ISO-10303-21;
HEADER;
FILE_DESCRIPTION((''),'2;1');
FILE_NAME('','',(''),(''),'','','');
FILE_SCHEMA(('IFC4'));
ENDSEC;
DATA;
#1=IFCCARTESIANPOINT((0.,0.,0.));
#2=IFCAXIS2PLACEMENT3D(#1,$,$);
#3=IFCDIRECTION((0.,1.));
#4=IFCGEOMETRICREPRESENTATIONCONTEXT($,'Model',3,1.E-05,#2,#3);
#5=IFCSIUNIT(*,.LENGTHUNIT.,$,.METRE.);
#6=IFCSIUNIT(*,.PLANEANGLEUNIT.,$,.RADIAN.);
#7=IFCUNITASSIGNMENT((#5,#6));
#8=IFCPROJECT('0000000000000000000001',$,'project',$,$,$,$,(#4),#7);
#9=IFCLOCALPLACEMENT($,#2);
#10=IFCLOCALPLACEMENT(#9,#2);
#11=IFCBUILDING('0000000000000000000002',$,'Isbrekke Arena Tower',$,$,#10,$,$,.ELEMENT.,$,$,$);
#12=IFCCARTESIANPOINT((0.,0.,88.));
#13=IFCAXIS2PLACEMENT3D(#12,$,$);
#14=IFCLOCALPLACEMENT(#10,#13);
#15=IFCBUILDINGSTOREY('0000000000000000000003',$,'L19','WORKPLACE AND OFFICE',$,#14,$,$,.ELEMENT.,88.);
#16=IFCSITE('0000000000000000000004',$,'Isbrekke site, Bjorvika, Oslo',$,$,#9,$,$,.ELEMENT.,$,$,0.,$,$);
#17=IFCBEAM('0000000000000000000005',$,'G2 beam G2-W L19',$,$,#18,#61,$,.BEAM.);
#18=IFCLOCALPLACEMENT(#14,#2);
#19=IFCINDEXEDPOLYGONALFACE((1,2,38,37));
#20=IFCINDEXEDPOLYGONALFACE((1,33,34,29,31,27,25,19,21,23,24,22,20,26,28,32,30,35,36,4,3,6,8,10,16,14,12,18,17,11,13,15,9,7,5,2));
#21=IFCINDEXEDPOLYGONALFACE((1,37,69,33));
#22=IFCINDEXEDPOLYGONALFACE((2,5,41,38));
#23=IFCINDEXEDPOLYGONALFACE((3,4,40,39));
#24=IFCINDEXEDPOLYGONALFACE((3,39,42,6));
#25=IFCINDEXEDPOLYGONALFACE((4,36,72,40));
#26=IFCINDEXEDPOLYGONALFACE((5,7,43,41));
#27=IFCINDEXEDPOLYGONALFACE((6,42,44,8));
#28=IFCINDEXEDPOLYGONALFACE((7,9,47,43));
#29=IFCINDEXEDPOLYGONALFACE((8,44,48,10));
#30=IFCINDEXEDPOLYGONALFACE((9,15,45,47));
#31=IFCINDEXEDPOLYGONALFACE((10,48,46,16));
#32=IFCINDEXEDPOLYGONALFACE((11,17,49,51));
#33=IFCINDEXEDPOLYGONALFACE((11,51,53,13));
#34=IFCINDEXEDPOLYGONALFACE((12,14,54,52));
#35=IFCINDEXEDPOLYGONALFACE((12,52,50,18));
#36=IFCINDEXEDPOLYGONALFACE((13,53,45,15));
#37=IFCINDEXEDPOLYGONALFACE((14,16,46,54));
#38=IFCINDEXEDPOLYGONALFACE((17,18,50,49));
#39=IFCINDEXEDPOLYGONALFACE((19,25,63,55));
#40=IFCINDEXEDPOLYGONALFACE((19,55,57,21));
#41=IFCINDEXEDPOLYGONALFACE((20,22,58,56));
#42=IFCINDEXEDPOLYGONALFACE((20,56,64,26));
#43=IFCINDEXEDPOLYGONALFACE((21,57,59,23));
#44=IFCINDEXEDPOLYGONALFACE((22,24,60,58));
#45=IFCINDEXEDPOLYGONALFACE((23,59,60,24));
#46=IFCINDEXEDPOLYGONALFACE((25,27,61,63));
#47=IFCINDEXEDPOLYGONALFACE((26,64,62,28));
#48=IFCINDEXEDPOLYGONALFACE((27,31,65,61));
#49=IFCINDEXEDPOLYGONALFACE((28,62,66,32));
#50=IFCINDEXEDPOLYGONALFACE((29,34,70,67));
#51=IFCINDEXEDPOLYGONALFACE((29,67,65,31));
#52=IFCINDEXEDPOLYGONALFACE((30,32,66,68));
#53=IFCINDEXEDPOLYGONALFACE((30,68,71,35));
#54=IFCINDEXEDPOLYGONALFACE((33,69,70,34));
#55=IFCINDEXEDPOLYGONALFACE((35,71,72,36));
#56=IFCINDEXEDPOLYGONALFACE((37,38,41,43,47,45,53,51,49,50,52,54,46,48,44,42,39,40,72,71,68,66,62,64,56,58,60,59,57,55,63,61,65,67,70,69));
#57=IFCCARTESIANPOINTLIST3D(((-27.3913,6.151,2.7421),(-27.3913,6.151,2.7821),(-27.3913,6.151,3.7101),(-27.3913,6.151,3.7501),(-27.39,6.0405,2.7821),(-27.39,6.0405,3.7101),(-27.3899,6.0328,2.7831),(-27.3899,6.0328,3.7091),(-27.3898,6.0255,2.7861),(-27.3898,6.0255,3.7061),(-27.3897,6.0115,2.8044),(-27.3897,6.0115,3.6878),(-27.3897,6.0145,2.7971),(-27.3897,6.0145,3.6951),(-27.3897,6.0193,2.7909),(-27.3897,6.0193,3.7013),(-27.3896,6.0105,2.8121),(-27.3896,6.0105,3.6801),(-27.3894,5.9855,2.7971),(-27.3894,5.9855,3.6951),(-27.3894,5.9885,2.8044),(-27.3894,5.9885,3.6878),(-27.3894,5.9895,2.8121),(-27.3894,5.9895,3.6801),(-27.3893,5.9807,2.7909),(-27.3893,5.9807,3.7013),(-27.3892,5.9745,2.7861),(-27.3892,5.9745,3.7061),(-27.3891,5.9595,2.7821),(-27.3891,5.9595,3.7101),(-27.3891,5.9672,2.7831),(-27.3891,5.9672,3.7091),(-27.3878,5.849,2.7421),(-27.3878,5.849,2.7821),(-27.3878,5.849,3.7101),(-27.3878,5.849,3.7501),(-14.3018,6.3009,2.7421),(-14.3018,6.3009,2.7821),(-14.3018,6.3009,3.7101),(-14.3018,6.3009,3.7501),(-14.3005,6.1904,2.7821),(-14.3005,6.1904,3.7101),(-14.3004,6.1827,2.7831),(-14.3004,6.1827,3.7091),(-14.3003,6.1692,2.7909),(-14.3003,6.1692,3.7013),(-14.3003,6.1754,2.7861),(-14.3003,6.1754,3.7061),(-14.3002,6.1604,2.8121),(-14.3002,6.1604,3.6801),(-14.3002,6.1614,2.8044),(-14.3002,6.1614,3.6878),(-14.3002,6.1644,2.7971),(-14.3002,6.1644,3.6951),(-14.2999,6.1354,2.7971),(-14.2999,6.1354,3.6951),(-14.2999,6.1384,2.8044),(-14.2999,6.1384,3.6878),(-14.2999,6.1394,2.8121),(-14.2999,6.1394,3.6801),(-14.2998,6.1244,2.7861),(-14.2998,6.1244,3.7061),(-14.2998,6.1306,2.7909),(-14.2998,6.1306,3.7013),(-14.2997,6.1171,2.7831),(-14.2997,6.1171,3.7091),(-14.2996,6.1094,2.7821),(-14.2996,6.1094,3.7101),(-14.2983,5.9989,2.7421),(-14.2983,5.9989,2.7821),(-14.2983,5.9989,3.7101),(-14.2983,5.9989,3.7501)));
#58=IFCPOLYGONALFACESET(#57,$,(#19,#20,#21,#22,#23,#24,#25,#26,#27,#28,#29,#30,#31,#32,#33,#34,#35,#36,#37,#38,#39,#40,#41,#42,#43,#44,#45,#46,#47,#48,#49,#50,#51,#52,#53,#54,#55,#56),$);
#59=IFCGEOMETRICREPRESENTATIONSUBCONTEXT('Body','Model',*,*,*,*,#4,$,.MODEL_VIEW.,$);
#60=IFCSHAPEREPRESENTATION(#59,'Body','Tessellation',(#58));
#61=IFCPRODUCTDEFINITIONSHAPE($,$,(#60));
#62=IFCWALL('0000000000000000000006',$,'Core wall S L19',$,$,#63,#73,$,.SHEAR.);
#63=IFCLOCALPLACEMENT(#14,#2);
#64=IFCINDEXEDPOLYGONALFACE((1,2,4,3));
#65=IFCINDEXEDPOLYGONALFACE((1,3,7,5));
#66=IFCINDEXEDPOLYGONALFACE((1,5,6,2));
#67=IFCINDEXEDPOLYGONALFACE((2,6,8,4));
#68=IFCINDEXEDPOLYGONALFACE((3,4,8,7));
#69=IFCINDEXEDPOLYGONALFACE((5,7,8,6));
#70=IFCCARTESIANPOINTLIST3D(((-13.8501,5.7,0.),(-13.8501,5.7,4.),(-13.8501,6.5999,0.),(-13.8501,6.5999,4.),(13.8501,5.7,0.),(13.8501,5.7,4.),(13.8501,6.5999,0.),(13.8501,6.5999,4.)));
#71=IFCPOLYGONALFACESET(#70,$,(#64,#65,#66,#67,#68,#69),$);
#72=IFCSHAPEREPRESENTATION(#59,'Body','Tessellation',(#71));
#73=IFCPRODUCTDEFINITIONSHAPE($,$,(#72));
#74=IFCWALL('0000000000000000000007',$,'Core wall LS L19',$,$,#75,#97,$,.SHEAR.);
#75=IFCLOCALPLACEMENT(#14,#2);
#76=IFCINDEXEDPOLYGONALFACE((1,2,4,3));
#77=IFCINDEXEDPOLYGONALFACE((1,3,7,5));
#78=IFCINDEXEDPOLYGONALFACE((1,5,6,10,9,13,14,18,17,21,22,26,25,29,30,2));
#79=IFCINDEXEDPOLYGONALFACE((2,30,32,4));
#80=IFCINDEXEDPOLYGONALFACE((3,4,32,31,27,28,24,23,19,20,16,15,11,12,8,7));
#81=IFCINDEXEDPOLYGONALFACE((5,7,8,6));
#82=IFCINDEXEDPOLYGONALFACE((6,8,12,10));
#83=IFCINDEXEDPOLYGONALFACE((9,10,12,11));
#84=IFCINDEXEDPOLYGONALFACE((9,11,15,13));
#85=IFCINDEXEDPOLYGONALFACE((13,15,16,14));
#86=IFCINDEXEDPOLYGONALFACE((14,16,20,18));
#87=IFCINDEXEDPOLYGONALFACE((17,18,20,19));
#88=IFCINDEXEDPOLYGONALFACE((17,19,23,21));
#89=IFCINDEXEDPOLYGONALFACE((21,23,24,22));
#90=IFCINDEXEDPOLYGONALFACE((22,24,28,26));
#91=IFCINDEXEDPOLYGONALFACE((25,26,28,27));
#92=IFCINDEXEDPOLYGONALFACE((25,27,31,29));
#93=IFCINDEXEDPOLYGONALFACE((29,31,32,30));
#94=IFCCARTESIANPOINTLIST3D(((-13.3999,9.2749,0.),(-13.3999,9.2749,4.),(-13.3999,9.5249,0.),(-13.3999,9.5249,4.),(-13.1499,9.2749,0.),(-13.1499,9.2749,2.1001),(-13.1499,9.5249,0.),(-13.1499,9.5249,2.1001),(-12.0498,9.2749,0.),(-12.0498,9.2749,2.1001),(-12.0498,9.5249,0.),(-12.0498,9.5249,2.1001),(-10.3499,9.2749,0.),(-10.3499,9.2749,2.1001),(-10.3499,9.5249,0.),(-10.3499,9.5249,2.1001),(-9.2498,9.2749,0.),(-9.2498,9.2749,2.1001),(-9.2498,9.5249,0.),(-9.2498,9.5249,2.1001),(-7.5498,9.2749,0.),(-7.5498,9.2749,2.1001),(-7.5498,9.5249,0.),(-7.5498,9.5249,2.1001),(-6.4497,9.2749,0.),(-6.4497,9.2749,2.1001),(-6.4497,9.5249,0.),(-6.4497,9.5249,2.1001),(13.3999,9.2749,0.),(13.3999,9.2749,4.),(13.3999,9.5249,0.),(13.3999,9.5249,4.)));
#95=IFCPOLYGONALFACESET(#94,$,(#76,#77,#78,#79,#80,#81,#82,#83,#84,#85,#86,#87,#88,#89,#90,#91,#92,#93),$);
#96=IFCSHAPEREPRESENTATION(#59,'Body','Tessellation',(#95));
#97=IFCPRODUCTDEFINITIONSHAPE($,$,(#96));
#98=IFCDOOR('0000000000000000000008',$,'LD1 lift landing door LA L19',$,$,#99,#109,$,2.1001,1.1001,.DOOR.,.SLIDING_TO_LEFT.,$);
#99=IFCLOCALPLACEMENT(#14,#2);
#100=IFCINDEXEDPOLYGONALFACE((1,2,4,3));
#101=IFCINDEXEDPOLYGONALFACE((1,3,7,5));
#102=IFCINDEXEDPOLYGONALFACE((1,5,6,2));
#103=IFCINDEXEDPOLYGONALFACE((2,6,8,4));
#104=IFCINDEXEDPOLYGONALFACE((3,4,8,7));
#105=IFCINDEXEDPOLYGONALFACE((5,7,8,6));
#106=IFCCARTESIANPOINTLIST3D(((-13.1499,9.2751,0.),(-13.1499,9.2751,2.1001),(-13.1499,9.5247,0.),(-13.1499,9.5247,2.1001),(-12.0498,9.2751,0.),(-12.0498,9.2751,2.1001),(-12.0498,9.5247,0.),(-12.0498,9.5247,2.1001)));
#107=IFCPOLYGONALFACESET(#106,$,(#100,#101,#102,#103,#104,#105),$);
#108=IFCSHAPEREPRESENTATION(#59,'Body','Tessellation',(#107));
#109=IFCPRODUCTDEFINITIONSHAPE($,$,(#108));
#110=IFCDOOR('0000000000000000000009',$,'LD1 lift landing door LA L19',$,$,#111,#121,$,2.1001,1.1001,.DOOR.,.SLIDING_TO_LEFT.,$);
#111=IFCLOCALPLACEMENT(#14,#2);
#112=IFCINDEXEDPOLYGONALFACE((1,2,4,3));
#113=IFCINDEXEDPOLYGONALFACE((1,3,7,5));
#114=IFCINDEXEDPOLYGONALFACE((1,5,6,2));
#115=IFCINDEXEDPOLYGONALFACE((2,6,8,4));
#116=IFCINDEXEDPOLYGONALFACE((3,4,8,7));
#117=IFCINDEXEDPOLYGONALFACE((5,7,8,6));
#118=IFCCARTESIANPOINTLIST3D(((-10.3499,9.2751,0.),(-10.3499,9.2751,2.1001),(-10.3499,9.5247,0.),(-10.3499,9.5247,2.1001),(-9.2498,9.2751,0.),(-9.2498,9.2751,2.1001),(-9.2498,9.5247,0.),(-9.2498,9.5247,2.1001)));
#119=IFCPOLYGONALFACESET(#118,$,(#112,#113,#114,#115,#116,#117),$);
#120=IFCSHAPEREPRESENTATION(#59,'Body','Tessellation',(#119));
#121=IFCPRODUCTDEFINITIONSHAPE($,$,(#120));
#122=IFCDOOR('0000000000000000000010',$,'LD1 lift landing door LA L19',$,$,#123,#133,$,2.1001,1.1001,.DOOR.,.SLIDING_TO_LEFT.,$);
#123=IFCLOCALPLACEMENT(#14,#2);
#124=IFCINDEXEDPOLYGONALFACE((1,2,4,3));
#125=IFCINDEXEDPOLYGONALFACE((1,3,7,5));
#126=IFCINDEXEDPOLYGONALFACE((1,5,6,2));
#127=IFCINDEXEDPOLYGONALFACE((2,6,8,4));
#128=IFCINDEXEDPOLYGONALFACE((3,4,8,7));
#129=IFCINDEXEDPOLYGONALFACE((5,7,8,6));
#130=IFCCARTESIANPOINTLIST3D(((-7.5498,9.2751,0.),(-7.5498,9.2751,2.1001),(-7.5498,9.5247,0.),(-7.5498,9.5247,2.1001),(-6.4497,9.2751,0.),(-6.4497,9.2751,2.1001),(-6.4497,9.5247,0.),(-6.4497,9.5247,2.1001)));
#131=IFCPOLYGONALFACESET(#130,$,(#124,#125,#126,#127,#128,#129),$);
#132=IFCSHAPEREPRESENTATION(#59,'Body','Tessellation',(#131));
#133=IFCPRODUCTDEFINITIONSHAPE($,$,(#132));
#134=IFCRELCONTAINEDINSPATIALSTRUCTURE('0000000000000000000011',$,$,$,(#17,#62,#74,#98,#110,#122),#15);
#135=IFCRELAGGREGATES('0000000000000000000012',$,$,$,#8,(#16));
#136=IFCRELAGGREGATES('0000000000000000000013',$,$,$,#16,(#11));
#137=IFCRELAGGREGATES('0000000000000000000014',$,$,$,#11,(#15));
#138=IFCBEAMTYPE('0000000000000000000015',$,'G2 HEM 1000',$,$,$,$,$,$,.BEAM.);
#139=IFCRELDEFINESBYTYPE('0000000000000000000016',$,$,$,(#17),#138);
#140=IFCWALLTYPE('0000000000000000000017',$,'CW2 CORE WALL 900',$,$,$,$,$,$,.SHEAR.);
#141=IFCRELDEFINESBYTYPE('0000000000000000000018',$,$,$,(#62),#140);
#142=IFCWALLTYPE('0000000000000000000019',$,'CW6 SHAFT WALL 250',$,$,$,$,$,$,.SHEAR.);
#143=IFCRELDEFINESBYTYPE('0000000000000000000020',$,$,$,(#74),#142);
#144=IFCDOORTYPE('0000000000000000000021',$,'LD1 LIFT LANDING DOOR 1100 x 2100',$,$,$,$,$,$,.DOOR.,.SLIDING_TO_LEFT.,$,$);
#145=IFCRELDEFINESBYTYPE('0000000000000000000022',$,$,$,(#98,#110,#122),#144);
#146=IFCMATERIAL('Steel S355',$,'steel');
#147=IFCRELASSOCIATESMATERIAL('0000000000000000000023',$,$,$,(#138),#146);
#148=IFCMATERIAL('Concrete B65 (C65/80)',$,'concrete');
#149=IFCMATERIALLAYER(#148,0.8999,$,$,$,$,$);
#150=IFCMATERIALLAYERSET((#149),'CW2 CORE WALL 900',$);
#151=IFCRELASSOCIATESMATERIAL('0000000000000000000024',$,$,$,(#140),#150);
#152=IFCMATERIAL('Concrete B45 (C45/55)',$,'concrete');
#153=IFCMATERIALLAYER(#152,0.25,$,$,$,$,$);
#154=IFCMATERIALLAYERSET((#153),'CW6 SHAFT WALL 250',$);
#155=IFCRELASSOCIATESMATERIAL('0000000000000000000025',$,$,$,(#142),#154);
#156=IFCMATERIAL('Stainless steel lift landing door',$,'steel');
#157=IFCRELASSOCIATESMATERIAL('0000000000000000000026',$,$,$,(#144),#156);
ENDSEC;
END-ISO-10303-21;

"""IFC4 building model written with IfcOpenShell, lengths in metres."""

from ifc_helpers import new_model, si_unit, direction, frame, frame_2d, origin, origin_2d, place, context, subcontext, project, spatial, rectangle, i_section, extrude, material, layer, layer_set, material_profile, profile_set, type_object, element, fill, save


model = new_model("IFC4")

# Units and contexts
model_context = context("Model", 3, precision=1e-05, world=origin(), true_north=direction((0.0, 1.0)))
body_context = subcontext(model_context, "Body", "Model", "MODEL_VIEW")
ifc_project = project(units=[si_unit("LENGTHUNIT", "METRE"), si_unit("PLANEANGLEUNIT", "RADIAN")], contexts=[model_context])

# Site, building, storey
site_placement = place(None, origin())
site = spatial("IfcSite", under=ifc_project, at=site_placement, Name="Isbrekke site, Bjorvika, Oslo", CompositionType="ELEMENT", RefElevation=0.0)
building_placement = place(site_placement, origin())
building = spatial("IfcBuilding", under=site, at=building_placement, Name="Isbrekke Arena Tower", CompositionType="ELEMENT")
storey_placement = place(building_placement, frame((0.0, 0.0, 88.0)))
storey = spatial("IfcBuildingStorey", under=building, at=storey_placement, Name="L19", Description="WORKPLACE AND OFFICE", CompositionType="ELEMENT", Elevation=88.0)

# Beam
ifc_material_1 = material(Name="Steel S355", Category="steel")
ifc_material_profile = material_profile(ifc_material_1, i_section(OverallWidth=0.302, OverallDepth=1.0081, WebThickness=0.021, FlangeThickness=0.04, FilletRadius=0.03, at=origin_2d()), Name="HEM 1000")
ifc_profile_set = profile_set([ifc_material_profile], Name="Steel S355")
beam_type = type_object("IfcBeamType", Name="G2 HEM 1000", PredefinedType="BEAM", material=ifc_profile_set)
beam_placement = place(storey_placement, frame((-14.3, 6.1499, 3.2461), z_axis=(-0.999934, -0.011451, 0.0), x_axis=(0.011451, -0.999934, 0.0)))
element("IfcBeam", 1, at=beam_placement, inside=storey, type_object=beam_type, Name="G2 beam G2-W L19", PredefinedType="BEAM", context=body_context, shape_type="SweptSolid", body=[
    extrude(i_section(OverallWidth=0.302, OverallDepth=1.0081, WebThickness=0.021, FlangeThickness=0.04, FilletRadius=0.03, at=origin_2d()), origin(), (0.0, 0.0, 1.0), 13.0903),
])

# Wall
ifc_material_2 = material(Name="Concrete B65 (C65/80)", Category="concrete")
ifc_layer_1 = layer(ifc_material_2, 0.8999)
ifc_layer_set_1 = layer_set([ifc_layer_1], Name="CW2 CORE WALL 900")
wall_type_1 = type_object("IfcWallType", Name="CW2 CORE WALL 900", PredefinedType="SHEAR", material=ifc_layer_set_1)
wall_1_placement = place(storey_placement, frame((-13.8501, 6.1499, 0.0), z_axis=(0.0, 0.0, 1.0), x_axis=(1.0, 0.0, 0.0)))
element("IfcWall", 2, at=wall_1_placement, inside=storey, type_object=wall_type_1, Name="Core wall S L19", PredefinedType="SHEAR", context=body_context, shape_type="SweptSolid", body=[
    extrude(rectangle(XDim=27.7002, YDim=0.8999, at=frame_2d((13.8501, 0.0))), origin(), (0.0, 0.0, 1.0), 4.0),
])

# Wall, openings, doors
ifc_material_3 = material(Name="Concrete B45 (C45/55)", Category="concrete")
ifc_layer_2 = layer(ifc_material_3, 0.25)
ifc_layer_set_2 = layer_set([ifc_layer_2], Name="CW6 SHAFT WALL 250")
wall_type_2 = type_object("IfcWallType", Name="CW6 SHAFT WALL 250", PredefinedType="SHEAR", material=ifc_layer_set_2)
wall_2_placement = place(storey_placement, frame((-13.3999, 9.3999, 0.0), z_axis=(0.0, 0.0, 1.0), x_axis=(1.0, 0.0, 0.0)))
wall_2 = element("IfcWall", 3, at=wall_2_placement, inside=storey, type_object=wall_type_2, Name="Core wall LS L19", PredefinedType="SHEAR", context=body_context, shape_type="SweptSolid", body=[
    extrude(rectangle(XDim=26.7998, YDim=0.25, at=frame_2d((13.3999, 0.0))), origin(), (0.0, 0.0, 1.0), 4.0),
])
opening_1_placement = place(wall_2_placement, frame((0.25, 0.0, 0.0)))
opening_1 = element("IfcOpeningElement", 4, at=opening_1_placement, cuts=wall_2, PredefinedType="OPENING", context=body_context, shape_type="SweptSolid", body=[
    extrude(rectangle(XDim=1.1001, YDim=2.1001, at=frame_2d((0.55, 1.05))), frame((0.0, 0.1399, 0.0), z_axis=(0.0, -1.0, 0.0), x_axis=(1.0, 0.0, 0.0)), (0.0, 0.0, 1.0), 0.2798),
])
opening_2_placement = place(wall_2_placement, frame((3.05, 0.0, 0.0)))
opening_2 = element("IfcOpeningElement", 5, at=opening_2_placement, cuts=wall_2, PredefinedType="OPENING", context=body_context, shape_type="SweptSolid", body=[
    extrude(rectangle(XDim=1.1001, YDim=2.1001, at=frame_2d((0.55, 1.05))), frame((0.0, 0.1399, 0.0), z_axis=(0.0, -1.0, 0.0), x_axis=(1.0, 0.0, 0.0)), (0.0, 0.0, 1.0), 0.2798),
])
opening_3_placement = place(wall_2_placement, frame((5.8501, 0.0, 0.0)))
opening_3 = element("IfcOpeningElement", 6, at=opening_3_placement, cuts=wall_2, PredefinedType="OPENING", context=body_context, shape_type="SweptSolid", body=[
    extrude(rectangle(XDim=1.1001, YDim=2.1001, at=frame_2d((0.55, 1.05))), frame((0.0, 0.1399, 0.0), z_axis=(0.0, -1.0, 0.0), x_axis=(1.0, 0.0, 0.0)), (0.0, 0.0, 1.0), 0.2798),
])
ifc_material_4 = material(Name="Stainless steel lift landing door", Category="steel")
door_type_1 = type_object("IfcDoorType", Name="LD1 LIFT LANDING DOOR 1100 x 2100", OperationType="SLIDING_TO_LEFT", PredefinedType="DOOR", material=ifc_material_4)
door_1_placement = place(opening_1_placement, origin())
door_1 = element("IfcDoor", 7, at=door_1_placement, inside=storey, type_object=door_type_1, Name="LD1 lift landing door LA L19", OperationType="SLIDING_TO_LEFT", OverallHeight=2.1001, OverallWidth=1.1001, PredefinedType="DOOR", context=body_context, shape_type="SweptSolid", body=[
    extrude(rectangle(XDim=1.1001, YDim=2.1001, at=frame_2d((0.55, 1.05))), frame((0.0, 0.1248, 0.0), z_axis=(0.0, -1.0, 0.0), x_axis=(1.0, 0.0, 0.0)), (0.0, 0.0, 1.0), 0.2495),
])
fill(opening_1, door_1)
door_2_placement = place(opening_2_placement, origin())
door_2 = element("IfcDoor", 8, at=door_2_placement, inside=storey, type_object=door_type_1, Name="LD1 lift landing door LA L19", OperationType="SLIDING_TO_LEFT", OverallHeight=2.1001, OverallWidth=1.1001, PredefinedType="DOOR", context=body_context, shape_type="SweptSolid", body=[
    extrude(rectangle(XDim=1.1001, YDim=2.1001, at=frame_2d((0.55, 1.05))), frame((0.0, 0.1248, 0.0), z_axis=(0.0, -1.0, 0.0), x_axis=(1.0, 0.0, 0.0)), (0.0, 0.0, 1.0), 0.2495),
])
fill(opening_2, door_2)
door_3_placement = place(opening_3_placement, origin())
door_3 = element("IfcDoor", 9, at=door_3_placement, inside=storey, type_object=door_type_1, Name="LD1 lift landing door LA L19", OperationType="SLIDING_TO_LEFT", OverallHeight=2.1001, OverallWidth=1.1001, PredefinedType="DOOR", context=body_context, shape_type="SweptSolid", body=[
    extrude(rectangle(XDim=1.1001, YDim=2.1001, at=frame_2d((0.55, 1.05))), frame((0.0, 0.1248, 0.0), z_axis=(0.0, -1.0, 0.0), x_axis=(1.0, 0.0, 0.0)), (0.0, 0.0, 1.0), 0.2495),
])
fill(opening_3, door_3)

save(model, "model.ifc")
